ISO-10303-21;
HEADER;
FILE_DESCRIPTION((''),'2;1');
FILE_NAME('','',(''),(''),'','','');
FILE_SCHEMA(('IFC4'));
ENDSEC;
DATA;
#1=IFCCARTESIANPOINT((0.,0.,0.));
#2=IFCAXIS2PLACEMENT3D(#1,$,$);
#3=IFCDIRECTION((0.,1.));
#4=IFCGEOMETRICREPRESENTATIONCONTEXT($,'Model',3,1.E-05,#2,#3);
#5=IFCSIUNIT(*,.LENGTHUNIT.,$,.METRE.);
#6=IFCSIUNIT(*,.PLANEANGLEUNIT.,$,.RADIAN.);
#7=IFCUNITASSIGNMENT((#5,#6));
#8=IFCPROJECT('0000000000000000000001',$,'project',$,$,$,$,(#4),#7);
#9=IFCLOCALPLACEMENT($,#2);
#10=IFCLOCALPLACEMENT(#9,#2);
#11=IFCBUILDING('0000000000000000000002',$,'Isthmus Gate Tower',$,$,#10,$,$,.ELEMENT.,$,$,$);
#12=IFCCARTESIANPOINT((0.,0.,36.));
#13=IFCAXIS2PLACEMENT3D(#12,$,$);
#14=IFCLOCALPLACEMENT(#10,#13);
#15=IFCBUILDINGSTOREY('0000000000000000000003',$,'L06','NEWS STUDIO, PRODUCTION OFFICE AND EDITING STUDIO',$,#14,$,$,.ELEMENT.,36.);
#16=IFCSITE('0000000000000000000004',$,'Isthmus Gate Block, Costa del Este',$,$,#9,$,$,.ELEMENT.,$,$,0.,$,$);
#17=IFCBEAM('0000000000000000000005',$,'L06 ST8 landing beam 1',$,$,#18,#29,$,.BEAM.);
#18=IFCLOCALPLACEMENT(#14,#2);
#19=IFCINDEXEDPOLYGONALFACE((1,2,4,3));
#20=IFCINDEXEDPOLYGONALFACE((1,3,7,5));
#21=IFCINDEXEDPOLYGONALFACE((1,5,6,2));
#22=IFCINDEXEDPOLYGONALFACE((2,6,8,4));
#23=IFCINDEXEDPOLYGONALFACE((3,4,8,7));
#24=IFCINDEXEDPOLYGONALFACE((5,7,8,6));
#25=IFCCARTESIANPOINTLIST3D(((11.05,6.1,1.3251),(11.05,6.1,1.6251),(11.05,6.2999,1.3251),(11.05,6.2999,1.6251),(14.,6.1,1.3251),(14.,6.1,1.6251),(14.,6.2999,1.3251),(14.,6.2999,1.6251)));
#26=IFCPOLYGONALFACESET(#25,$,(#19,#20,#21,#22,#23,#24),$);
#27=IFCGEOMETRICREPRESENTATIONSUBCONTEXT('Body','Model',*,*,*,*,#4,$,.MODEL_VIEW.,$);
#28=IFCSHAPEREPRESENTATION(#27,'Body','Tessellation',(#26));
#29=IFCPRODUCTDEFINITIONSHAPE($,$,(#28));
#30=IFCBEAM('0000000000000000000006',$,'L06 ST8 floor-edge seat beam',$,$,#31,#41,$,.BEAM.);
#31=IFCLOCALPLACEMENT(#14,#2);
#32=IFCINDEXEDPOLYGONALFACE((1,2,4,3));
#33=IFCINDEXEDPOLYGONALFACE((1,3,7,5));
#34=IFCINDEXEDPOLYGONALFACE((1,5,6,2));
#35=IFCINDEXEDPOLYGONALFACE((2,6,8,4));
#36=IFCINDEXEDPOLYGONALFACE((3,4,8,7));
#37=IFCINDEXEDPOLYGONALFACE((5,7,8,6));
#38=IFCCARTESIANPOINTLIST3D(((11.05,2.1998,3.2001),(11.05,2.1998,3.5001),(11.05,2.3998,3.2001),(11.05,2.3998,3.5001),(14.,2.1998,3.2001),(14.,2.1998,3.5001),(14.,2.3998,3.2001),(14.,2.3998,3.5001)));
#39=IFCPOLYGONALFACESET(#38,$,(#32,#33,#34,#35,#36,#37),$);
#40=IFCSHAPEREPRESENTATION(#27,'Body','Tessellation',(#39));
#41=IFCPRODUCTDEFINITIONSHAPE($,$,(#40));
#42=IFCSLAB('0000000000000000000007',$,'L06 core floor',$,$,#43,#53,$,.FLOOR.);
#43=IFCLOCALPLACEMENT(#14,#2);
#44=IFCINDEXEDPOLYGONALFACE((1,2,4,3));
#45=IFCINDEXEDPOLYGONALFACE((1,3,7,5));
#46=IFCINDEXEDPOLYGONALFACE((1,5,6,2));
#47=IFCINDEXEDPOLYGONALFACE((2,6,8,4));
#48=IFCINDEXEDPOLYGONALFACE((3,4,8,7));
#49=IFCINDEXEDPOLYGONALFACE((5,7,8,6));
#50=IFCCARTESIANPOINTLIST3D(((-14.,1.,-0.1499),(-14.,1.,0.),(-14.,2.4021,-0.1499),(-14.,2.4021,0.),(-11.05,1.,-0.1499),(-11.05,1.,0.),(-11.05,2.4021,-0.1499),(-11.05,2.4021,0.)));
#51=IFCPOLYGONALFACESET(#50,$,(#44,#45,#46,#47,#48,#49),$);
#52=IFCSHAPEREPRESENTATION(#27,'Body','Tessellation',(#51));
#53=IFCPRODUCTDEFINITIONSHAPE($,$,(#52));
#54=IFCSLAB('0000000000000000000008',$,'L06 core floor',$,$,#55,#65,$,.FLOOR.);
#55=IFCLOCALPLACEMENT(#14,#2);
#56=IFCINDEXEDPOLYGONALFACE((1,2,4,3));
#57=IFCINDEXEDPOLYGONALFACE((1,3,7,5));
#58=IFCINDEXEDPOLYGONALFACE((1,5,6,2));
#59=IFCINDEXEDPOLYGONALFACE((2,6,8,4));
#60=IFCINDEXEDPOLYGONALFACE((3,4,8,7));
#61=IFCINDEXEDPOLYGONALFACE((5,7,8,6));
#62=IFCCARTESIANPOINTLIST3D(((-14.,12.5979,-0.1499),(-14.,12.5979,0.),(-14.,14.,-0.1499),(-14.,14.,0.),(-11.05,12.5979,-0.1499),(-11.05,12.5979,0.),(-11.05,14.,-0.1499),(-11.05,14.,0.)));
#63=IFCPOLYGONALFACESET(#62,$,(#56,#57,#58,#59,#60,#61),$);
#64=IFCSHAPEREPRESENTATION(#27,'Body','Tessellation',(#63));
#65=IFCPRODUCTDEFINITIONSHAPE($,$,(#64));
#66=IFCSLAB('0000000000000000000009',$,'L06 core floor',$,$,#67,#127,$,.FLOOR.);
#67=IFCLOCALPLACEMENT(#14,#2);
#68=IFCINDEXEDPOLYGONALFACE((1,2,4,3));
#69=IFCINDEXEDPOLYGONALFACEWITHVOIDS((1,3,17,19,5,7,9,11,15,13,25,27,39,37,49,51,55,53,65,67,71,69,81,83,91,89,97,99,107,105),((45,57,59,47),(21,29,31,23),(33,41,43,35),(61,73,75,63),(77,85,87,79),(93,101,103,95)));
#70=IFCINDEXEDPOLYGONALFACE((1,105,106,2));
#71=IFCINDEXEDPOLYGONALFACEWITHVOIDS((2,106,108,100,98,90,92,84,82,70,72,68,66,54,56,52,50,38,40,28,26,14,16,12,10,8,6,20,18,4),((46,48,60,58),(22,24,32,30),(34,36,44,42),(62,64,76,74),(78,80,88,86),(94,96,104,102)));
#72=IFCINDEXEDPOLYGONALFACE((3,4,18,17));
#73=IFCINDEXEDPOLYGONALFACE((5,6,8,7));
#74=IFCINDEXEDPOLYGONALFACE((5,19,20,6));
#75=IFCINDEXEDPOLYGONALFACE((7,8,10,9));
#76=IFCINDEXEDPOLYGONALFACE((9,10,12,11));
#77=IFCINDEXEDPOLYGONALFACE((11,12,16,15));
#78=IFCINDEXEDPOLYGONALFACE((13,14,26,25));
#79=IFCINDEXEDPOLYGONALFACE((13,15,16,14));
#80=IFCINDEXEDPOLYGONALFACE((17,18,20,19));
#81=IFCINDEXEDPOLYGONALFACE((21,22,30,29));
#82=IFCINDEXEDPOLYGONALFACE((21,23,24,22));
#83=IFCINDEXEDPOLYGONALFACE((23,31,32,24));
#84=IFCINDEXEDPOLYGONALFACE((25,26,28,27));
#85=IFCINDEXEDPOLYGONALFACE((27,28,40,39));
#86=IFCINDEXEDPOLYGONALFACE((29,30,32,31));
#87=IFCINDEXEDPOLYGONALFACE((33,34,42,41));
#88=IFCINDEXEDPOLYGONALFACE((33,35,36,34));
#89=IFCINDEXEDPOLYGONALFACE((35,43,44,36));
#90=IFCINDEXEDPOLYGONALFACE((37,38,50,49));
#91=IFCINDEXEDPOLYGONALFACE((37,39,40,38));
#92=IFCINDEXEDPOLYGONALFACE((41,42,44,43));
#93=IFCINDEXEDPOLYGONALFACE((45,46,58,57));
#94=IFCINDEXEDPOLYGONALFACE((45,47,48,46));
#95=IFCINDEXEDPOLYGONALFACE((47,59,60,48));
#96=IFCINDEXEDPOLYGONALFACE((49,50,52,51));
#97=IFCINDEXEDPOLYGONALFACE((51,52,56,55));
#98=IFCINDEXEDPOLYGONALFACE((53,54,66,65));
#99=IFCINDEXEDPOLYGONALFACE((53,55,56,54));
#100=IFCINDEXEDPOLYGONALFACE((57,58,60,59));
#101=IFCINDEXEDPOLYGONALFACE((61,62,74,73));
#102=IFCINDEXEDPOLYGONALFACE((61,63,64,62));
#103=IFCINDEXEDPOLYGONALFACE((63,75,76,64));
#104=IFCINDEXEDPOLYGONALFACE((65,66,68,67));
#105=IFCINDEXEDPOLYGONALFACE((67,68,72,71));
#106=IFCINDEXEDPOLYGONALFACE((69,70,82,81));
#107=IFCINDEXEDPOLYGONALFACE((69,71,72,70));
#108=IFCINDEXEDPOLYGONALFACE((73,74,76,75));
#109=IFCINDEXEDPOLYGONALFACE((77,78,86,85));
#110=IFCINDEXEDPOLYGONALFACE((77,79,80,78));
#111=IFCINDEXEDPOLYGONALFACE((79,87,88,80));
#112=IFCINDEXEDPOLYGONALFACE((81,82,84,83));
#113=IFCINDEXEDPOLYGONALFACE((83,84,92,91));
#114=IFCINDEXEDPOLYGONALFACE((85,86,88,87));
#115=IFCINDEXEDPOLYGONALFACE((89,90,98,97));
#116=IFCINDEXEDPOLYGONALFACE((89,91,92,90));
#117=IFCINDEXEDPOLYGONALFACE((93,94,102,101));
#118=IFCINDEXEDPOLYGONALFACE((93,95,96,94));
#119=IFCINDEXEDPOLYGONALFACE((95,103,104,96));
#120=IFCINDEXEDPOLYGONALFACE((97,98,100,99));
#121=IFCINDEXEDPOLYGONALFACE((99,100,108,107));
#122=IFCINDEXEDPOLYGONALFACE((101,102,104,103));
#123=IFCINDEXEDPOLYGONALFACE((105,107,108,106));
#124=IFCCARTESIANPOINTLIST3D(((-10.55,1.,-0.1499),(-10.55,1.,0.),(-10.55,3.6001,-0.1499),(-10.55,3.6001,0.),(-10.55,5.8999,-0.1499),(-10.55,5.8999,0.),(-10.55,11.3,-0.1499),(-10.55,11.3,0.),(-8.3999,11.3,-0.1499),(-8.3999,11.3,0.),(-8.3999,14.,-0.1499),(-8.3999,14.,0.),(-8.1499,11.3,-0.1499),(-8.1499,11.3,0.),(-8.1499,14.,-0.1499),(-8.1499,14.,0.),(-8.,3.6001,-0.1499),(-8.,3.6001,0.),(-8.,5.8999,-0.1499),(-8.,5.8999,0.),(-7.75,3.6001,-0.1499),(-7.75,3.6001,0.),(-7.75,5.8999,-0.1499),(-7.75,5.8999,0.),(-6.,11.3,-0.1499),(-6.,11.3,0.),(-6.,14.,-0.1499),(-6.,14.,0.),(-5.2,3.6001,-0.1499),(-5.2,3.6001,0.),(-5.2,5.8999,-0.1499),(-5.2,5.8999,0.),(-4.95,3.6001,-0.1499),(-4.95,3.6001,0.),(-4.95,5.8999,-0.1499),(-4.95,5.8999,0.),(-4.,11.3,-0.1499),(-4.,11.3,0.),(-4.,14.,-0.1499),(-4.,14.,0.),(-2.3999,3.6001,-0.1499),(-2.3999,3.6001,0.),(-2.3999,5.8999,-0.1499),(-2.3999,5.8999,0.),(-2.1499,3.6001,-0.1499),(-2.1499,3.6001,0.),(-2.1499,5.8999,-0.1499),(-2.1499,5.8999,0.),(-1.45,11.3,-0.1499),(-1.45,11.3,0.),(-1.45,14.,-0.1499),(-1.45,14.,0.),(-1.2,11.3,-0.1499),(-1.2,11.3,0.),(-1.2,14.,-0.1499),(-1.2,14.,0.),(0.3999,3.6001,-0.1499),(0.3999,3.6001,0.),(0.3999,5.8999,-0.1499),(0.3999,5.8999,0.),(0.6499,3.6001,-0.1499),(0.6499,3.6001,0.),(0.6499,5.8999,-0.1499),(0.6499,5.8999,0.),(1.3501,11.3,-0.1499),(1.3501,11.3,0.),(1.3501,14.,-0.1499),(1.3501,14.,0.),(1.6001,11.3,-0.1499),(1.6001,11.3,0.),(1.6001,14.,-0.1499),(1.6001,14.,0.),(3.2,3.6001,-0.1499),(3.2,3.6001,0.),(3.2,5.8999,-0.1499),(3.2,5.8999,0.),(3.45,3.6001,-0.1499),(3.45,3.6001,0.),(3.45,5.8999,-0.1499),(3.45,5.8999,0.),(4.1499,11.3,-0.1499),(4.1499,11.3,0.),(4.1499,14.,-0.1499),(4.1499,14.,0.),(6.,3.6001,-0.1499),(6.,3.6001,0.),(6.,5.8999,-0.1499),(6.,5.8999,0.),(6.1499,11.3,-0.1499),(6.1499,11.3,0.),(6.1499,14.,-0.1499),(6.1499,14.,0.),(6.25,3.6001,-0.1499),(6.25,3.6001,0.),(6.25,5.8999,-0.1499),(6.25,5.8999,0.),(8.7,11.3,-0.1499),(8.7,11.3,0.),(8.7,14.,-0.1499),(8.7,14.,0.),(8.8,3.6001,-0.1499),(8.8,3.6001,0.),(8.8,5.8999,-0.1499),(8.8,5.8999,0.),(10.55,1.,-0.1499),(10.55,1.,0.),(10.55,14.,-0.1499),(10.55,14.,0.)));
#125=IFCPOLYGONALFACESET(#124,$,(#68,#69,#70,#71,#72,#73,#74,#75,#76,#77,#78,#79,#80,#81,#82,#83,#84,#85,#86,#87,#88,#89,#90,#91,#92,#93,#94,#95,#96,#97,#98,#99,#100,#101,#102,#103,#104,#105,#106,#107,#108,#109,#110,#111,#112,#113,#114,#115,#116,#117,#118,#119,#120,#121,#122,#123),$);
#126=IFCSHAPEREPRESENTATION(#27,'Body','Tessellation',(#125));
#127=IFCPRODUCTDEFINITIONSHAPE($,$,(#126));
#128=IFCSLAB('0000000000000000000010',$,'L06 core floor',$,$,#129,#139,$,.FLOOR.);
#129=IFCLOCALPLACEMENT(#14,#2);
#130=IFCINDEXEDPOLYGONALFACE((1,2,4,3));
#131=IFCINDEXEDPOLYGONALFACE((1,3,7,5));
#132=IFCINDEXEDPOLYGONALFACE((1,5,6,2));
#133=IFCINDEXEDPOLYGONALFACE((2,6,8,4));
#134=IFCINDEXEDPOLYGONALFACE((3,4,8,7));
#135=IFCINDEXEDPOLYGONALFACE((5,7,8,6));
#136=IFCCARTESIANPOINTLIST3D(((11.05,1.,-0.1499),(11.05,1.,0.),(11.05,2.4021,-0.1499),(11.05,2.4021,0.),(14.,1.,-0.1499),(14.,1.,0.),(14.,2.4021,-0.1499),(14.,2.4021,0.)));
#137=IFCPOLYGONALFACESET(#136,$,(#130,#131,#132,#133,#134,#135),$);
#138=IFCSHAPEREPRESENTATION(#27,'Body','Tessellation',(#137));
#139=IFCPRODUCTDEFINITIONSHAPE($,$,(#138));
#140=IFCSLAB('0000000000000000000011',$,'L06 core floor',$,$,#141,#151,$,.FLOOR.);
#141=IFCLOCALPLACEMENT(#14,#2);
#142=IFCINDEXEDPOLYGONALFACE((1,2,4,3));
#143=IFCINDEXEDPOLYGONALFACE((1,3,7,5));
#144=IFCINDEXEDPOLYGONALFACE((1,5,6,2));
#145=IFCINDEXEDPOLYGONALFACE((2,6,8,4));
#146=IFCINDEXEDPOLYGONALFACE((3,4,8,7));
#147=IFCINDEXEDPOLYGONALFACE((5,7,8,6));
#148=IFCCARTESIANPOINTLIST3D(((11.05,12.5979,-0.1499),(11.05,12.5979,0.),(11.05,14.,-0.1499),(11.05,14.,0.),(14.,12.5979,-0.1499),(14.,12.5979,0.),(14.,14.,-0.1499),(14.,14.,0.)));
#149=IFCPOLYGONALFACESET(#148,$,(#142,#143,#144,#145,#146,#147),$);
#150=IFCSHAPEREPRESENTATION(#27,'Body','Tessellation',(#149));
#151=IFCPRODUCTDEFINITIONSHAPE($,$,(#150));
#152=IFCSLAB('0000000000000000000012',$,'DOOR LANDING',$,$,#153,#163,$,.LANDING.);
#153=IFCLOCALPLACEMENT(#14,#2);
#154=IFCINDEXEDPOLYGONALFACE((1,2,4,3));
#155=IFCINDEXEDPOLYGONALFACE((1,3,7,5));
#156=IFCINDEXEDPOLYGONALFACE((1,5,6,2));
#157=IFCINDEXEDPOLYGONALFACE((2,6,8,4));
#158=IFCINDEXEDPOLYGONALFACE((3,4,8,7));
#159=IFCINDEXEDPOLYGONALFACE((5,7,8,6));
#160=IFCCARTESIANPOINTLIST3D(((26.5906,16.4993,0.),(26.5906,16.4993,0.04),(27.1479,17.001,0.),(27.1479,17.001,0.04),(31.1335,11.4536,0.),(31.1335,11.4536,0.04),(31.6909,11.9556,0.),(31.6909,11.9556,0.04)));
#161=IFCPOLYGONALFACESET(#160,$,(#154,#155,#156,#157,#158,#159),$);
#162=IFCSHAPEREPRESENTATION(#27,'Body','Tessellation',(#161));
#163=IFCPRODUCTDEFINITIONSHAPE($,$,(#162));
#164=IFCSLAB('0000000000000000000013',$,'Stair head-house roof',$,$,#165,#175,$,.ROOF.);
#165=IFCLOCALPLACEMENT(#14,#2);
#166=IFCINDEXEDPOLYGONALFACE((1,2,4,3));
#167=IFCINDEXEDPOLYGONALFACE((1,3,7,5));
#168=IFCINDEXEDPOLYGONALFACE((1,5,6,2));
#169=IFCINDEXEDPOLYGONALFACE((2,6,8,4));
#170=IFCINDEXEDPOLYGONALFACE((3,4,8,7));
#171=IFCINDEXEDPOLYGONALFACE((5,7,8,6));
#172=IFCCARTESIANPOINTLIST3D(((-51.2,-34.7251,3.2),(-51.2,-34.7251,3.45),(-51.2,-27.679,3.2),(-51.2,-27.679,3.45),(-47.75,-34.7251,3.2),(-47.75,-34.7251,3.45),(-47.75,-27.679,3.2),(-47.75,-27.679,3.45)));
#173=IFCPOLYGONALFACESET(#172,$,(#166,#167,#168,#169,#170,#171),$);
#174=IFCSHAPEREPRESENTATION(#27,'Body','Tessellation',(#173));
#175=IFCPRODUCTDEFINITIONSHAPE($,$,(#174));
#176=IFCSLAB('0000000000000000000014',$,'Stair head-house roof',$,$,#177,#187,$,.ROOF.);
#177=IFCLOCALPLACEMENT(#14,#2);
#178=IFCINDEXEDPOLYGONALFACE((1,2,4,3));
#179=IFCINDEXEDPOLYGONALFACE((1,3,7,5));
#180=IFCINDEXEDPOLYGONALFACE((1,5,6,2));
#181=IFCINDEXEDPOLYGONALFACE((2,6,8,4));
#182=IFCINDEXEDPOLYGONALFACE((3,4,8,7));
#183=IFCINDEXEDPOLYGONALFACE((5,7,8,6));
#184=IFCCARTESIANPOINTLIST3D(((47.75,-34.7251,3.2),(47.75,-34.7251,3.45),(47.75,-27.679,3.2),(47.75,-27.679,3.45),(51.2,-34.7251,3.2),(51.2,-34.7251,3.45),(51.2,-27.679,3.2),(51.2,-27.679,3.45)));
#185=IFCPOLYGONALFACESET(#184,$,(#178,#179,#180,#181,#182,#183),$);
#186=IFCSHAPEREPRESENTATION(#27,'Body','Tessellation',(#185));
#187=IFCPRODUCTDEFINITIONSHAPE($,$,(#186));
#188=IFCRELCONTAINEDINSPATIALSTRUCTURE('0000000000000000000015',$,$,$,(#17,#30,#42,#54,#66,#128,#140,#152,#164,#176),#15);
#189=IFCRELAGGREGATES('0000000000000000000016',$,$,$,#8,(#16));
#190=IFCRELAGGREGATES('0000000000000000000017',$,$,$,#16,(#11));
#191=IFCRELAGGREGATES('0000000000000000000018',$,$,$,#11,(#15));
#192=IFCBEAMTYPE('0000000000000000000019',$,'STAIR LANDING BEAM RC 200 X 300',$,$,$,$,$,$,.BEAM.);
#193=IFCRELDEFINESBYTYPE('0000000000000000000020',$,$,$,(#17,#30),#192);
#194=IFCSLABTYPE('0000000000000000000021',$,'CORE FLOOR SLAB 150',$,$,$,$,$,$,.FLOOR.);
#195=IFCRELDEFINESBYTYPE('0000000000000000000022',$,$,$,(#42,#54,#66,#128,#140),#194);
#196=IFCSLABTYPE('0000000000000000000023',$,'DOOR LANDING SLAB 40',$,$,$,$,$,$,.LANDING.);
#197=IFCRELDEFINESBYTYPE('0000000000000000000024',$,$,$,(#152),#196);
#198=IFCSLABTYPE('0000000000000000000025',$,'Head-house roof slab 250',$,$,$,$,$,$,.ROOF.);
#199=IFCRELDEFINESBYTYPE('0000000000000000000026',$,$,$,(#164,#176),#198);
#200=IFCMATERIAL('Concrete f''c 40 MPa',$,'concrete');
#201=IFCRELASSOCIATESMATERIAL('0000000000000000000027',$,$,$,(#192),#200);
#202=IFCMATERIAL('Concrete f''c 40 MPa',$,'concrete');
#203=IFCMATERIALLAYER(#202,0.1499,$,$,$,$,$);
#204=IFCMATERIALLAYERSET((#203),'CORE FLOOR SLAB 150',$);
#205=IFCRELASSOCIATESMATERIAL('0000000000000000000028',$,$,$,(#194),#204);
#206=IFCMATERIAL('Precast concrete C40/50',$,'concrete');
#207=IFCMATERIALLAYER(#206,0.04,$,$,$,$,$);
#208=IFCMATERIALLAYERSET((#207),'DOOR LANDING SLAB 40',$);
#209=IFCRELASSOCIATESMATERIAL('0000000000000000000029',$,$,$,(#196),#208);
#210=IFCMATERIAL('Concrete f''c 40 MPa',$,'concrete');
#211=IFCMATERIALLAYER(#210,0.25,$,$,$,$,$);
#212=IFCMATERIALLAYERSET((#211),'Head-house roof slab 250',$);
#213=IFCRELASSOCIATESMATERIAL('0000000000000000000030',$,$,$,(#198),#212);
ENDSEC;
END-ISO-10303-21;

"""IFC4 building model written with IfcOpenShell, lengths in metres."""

from ifc_helpers import new_model, si_unit, direction, frame, origin, origin_2d, place, context, subcontext, project, spatial, polyline, rectangle, outline, extrude, material, layer, layer_set, material_profile, profile_set, type_object, element, save


model = new_model("IFC4")

# Units and contexts
model_context = context("Model", 3, precision=1e-05, world=origin(), true_north=direction((0.0, 1.0)))
body_context = subcontext(model_context, "Body", "Model", "MODEL_VIEW")
ifc_project = project(units=[si_unit("LENGTHUNIT", "METRE"), si_unit("PLANEANGLEUNIT", "RADIAN")], contexts=[model_context])

# Site, building, storey
site_placement = place(None, origin())
site = spatial("IfcSite", under=ifc_project, at=site_placement, Name="Isthmus Gate Block, Costa del Este", CompositionType="ELEMENT", RefElevation=0.0)
building_placement = place(site_placement, origin())
building = spatial("IfcBuilding", under=site, at=building_placement, Name="Isthmus Gate Tower", CompositionType="ELEMENT")
storey_placement = place(building_placement, frame((0.0, 0.0, 36.0)))
storey = spatial("IfcBuildingStorey", under=building, at=storey_placement, Name="L06", Description="NEWS STUDIO, PRODUCTION OFFICE AND EDITING STUDIO", CompositionType="ELEMENT", Elevation=36.0)

# Beams
ifc_material_1 = material(Name="Concrete f'c 40 MPa", Category="concrete")
ifc_material_profile = material_profile(ifc_material_1, rectangle(XDim=0.2, YDim=0.3, at=origin_2d()), Name="STAIR LANDING BEAM RC 200 X 300")
ifc_profile_set = profile_set([ifc_material_profile], Name="Concrete f'c 40 MPa")
beam_type = type_object("IfcBeamType", Name="STAIR LANDING BEAM RC 200 X 300", PredefinedType="BEAM", material=ifc_profile_set)
for number, where, z_axis, x_axis, name in (
    (1, (11.05, 6.2, 1.4751), (1.0, 0.0, 0.0), (0.0, 1.0, 0.0), "L06 ST8 landing beam 1"),
    (2, (11.05, 2.2998, 3.3501), (1.0, 0.0, 0.0), (0.0, 1.0, 0.0), "L06 ST8 floor-edge seat beam"),
):
    element("IfcBeam", number, at=place(storey_placement, frame(where, z_axis=z_axis, x_axis=x_axis)), inside=storey, type_object=beam_type, Name=name, PredefinedType="BEAM", context=body_context, shape_type="SweptSolid", body=[
        extrude(rectangle(XDim=0.2, YDim=0.3, at=origin_2d()), origin(), (0.0, 0.0, 1.0), 2.95),
    ])

# Slabs
ifc_material_2 = material(Name="Concrete f'c 40 MPa", Category="concrete")
ifc_layer_1 = layer(ifc_material_2, 0.1499)
ifc_layer_set_1 = layer_set([ifc_layer_1], Name="CORE FLOOR SLAB 150")
slab_type_1 = type_object("IfcSlabType", Name="CORE FLOOR SLAB 150", PredefinedType="FLOOR", material=ifc_layer_set_1)
slab_1_placement = place(storey_placement, frame((0.0, 0.0, -0.1499)))
element("IfcSlab", 3, at=slab_1_placement, inside=storey, type_object=slab_type_1, Name="L06 core floor", PredefinedType="FLOOR", context=body_context, shape_type="SweptSolid", body=[
    extrude(outline(polyline([(-11.05, 1.0), (-11.05, 2.4021), (-14.0, 2.4021), (-14.0, 1.0), (-11.05, 1.0)])), origin(), (0.0, 0.0, 1.0), 0.1499),
])
slab_2_placement = place(storey_placement, frame((0.0, 0.0, -0.1499)))
element("IfcSlab", 4, at=slab_2_placement, inside=storey, type_object=slab_type_1, Name="L06 core floor", PredefinedType="FLOOR", context=body_context, shape_type="SweptSolid", body=[
    extrude(outline(polyline([(-14.0, 14.0), (-14.0, 12.5979), (-11.05, 12.5979), (-11.05, 14.0), (-14.0, 14.0)])), origin(), (0.0, 0.0, 1.0), 0.1499),
])
slab_3_placement = place(storey_placement, frame((0.0, 0.0, -0.1499)))
element("IfcSlab", 5, at=slab_3_placement, inside=storey, type_object=slab_type_1, Name="L06 core floor", PredefinedType="FLOOR", context=body_context, shape_type="SweptSolid", body=[
    extrude(outline(polyline([(10.55, 14.0), (8.7, 14.0), (8.7, 11.3), (6.1499, 11.3), (6.1499, 14.0), (4.1499, 14.0), (4.1499, 11.3), (1.6001, 11.3), (1.6001, 14.0), (1.3501, 14.0), (1.3501, 11.3), (-1.2, 11.3), (-1.2, 14.0), (-1.45, 14.0), (-1.45, 11.3), (-4.0, 11.3), (-4.0, 14.0), (-6.0, 14.0), (-6.0, 11.3), (-8.1499, 11.3), (-8.1499, 14.0), (-8.3999, 14.0), (-8.3999, 11.3), (-10.55, 11.3), (-10.55, 5.8999), (-8.0, 5.8999), (-8.0, 3.6001), (-10.55, 3.6001), (-10.55, 1.0), (10.55, 1.0), (10.55, 14.0)]), holes=[polyline([(-5.2, 5.8999), (-5.2, 3.6001), (-7.75, 3.6001), (-7.75, 5.8999), (-5.2, 5.8999)]), polyline([(-2.3999, 5.8999), (-2.3999, 3.6001), (-4.95, 3.6001), (-4.95, 5.8999), (-2.3999, 5.8999)]), polyline([(0.3999, 5.8999), (0.3999, 3.6001), (-2.1499, 3.6001), (-2.1499, 5.8999), (0.3999, 5.8999)]), polyline([(3.2, 5.8999), (3.2, 3.6001), (0.6499, 3.6001), (0.6499, 5.8999), (3.2, 5.8999)]), polyline([(6.0, 5.8999), (6.0, 3.6001), (3.45, 3.6001), (3.45, 5.8999), (6.0, 5.8999)]), polyline([(8.8, 5.8999), (8.8, 3.6001), (6.25, 3.6001), (6.25, 5.8999), (8.8, 5.8999)])]), origin(), (0.0, 0.0, 1.0), 0.1499),
])
slab_4_placement = place(storey_placement, frame((0.0, 0.0, -0.1499)))
element("IfcSlab", 6, at=slab_4_placement, inside=storey, type_object=slab_type_1, Name="L06 core floor", PredefinedType="FLOOR", context=body_context, shape_type="SweptSolid", body=[
    extrude(outline(polyline([(14.0, 1.0), (14.0, 2.4021), (11.05, 2.4021), (11.05, 1.0), (14.0, 1.0)])), origin(), (0.0, 0.0, 1.0), 0.1499),
])
slab_5_placement = place(storey_placement, frame((0.0, 0.0, -0.1499)))
element("IfcSlab", 7, at=slab_5_placement, inside=storey, type_object=slab_type_1, Name="L06 core floor", PredefinedType="FLOOR", context=body_context, shape_type="SweptSolid", body=[
    extrude(outline(polyline([(11.05, 14.0), (11.05, 12.5979), (14.0, 12.5979), (14.0, 14.0), (11.05, 14.0)])), origin(), (0.0, 0.0, 1.0), 0.1499),
])
ifc_material_3 = material(Name="Precast concrete C40/50", Category="concrete")
ifc_layer_2 = layer(ifc_material_3, 0.04)
ifc_layer_set_2 = layer_set([ifc_layer_2], Name="DOOR LANDING SLAB 40")
slab_type_2 = type_object("IfcSlabType", Name="DOOR LANDING SLAB 40", PredefinedType="LANDING", material=ifc_layer_set_2)
slab_6_placement = place(storey_placement, origin())
element("IfcSlab", 8, at=slab_6_placement, inside=storey, type_object=slab_type_2, Name="DOOR LANDING", PredefinedType="LANDING", context=body_context, shape_type="SweptSolid", body=[
    extrude(outline(polyline([(31.6909, 11.9556), (27.1479, 17.001), (26.5906, 16.4993), (31.1335, 11.4536), (31.6909, 11.9556)])), origin(), (0.0, 0.0, 1.0), 0.04),
])
ifc_material_4 = material(Name="Concrete f'c 40 MPa", Category="concrete")
ifc_layer_3 = layer(ifc_material_4, 0.25)
ifc_layer_set_3 = layer_set([ifc_layer_3], Name="Head-house roof slab 250")
slab_type_3 = type_object("IfcSlabType", Name="Head-house roof slab 250", PredefinedType="ROOF", material=ifc_layer_set_3)
slab_7_placement = place(storey_placement, frame((0.0, 0.0, 3.2)))
element("IfcSlab", 9, at=slab_7_placement, inside=storey, type_object=slab_type_3, Name="Stair head-house roof", PredefinedType="ROOF", context=body_context, shape_type="SweptSolid", body=[
    extrude(outline(polyline([(-51.2, -34.7251), (-47.75, -34.7251), (-47.75, -27.679), (-51.2, -27.679), (-51.2, -34.7251)])), origin(), (0.0, 0.0, 1.0), 0.25),
])
slab_8_placement = place(storey_placement, frame((0.0, 0.0, 3.2)))
element("IfcSlab", 10, at=slab_8_placement, inside=storey, type_object=slab_type_3, Name="Stair head-house roof", PredefinedType="ROOF", context=body_context, shape_type="SweptSolid", body=[
    extrude(outline(polyline([(47.75, -34.7251), (51.2, -34.7251), (51.2, -27.679), (47.75, -27.679), (47.75, -34.7251)])), origin(), (0.0, 0.0, 1.0), 0.25),
])

save(model, "model.ifc")
